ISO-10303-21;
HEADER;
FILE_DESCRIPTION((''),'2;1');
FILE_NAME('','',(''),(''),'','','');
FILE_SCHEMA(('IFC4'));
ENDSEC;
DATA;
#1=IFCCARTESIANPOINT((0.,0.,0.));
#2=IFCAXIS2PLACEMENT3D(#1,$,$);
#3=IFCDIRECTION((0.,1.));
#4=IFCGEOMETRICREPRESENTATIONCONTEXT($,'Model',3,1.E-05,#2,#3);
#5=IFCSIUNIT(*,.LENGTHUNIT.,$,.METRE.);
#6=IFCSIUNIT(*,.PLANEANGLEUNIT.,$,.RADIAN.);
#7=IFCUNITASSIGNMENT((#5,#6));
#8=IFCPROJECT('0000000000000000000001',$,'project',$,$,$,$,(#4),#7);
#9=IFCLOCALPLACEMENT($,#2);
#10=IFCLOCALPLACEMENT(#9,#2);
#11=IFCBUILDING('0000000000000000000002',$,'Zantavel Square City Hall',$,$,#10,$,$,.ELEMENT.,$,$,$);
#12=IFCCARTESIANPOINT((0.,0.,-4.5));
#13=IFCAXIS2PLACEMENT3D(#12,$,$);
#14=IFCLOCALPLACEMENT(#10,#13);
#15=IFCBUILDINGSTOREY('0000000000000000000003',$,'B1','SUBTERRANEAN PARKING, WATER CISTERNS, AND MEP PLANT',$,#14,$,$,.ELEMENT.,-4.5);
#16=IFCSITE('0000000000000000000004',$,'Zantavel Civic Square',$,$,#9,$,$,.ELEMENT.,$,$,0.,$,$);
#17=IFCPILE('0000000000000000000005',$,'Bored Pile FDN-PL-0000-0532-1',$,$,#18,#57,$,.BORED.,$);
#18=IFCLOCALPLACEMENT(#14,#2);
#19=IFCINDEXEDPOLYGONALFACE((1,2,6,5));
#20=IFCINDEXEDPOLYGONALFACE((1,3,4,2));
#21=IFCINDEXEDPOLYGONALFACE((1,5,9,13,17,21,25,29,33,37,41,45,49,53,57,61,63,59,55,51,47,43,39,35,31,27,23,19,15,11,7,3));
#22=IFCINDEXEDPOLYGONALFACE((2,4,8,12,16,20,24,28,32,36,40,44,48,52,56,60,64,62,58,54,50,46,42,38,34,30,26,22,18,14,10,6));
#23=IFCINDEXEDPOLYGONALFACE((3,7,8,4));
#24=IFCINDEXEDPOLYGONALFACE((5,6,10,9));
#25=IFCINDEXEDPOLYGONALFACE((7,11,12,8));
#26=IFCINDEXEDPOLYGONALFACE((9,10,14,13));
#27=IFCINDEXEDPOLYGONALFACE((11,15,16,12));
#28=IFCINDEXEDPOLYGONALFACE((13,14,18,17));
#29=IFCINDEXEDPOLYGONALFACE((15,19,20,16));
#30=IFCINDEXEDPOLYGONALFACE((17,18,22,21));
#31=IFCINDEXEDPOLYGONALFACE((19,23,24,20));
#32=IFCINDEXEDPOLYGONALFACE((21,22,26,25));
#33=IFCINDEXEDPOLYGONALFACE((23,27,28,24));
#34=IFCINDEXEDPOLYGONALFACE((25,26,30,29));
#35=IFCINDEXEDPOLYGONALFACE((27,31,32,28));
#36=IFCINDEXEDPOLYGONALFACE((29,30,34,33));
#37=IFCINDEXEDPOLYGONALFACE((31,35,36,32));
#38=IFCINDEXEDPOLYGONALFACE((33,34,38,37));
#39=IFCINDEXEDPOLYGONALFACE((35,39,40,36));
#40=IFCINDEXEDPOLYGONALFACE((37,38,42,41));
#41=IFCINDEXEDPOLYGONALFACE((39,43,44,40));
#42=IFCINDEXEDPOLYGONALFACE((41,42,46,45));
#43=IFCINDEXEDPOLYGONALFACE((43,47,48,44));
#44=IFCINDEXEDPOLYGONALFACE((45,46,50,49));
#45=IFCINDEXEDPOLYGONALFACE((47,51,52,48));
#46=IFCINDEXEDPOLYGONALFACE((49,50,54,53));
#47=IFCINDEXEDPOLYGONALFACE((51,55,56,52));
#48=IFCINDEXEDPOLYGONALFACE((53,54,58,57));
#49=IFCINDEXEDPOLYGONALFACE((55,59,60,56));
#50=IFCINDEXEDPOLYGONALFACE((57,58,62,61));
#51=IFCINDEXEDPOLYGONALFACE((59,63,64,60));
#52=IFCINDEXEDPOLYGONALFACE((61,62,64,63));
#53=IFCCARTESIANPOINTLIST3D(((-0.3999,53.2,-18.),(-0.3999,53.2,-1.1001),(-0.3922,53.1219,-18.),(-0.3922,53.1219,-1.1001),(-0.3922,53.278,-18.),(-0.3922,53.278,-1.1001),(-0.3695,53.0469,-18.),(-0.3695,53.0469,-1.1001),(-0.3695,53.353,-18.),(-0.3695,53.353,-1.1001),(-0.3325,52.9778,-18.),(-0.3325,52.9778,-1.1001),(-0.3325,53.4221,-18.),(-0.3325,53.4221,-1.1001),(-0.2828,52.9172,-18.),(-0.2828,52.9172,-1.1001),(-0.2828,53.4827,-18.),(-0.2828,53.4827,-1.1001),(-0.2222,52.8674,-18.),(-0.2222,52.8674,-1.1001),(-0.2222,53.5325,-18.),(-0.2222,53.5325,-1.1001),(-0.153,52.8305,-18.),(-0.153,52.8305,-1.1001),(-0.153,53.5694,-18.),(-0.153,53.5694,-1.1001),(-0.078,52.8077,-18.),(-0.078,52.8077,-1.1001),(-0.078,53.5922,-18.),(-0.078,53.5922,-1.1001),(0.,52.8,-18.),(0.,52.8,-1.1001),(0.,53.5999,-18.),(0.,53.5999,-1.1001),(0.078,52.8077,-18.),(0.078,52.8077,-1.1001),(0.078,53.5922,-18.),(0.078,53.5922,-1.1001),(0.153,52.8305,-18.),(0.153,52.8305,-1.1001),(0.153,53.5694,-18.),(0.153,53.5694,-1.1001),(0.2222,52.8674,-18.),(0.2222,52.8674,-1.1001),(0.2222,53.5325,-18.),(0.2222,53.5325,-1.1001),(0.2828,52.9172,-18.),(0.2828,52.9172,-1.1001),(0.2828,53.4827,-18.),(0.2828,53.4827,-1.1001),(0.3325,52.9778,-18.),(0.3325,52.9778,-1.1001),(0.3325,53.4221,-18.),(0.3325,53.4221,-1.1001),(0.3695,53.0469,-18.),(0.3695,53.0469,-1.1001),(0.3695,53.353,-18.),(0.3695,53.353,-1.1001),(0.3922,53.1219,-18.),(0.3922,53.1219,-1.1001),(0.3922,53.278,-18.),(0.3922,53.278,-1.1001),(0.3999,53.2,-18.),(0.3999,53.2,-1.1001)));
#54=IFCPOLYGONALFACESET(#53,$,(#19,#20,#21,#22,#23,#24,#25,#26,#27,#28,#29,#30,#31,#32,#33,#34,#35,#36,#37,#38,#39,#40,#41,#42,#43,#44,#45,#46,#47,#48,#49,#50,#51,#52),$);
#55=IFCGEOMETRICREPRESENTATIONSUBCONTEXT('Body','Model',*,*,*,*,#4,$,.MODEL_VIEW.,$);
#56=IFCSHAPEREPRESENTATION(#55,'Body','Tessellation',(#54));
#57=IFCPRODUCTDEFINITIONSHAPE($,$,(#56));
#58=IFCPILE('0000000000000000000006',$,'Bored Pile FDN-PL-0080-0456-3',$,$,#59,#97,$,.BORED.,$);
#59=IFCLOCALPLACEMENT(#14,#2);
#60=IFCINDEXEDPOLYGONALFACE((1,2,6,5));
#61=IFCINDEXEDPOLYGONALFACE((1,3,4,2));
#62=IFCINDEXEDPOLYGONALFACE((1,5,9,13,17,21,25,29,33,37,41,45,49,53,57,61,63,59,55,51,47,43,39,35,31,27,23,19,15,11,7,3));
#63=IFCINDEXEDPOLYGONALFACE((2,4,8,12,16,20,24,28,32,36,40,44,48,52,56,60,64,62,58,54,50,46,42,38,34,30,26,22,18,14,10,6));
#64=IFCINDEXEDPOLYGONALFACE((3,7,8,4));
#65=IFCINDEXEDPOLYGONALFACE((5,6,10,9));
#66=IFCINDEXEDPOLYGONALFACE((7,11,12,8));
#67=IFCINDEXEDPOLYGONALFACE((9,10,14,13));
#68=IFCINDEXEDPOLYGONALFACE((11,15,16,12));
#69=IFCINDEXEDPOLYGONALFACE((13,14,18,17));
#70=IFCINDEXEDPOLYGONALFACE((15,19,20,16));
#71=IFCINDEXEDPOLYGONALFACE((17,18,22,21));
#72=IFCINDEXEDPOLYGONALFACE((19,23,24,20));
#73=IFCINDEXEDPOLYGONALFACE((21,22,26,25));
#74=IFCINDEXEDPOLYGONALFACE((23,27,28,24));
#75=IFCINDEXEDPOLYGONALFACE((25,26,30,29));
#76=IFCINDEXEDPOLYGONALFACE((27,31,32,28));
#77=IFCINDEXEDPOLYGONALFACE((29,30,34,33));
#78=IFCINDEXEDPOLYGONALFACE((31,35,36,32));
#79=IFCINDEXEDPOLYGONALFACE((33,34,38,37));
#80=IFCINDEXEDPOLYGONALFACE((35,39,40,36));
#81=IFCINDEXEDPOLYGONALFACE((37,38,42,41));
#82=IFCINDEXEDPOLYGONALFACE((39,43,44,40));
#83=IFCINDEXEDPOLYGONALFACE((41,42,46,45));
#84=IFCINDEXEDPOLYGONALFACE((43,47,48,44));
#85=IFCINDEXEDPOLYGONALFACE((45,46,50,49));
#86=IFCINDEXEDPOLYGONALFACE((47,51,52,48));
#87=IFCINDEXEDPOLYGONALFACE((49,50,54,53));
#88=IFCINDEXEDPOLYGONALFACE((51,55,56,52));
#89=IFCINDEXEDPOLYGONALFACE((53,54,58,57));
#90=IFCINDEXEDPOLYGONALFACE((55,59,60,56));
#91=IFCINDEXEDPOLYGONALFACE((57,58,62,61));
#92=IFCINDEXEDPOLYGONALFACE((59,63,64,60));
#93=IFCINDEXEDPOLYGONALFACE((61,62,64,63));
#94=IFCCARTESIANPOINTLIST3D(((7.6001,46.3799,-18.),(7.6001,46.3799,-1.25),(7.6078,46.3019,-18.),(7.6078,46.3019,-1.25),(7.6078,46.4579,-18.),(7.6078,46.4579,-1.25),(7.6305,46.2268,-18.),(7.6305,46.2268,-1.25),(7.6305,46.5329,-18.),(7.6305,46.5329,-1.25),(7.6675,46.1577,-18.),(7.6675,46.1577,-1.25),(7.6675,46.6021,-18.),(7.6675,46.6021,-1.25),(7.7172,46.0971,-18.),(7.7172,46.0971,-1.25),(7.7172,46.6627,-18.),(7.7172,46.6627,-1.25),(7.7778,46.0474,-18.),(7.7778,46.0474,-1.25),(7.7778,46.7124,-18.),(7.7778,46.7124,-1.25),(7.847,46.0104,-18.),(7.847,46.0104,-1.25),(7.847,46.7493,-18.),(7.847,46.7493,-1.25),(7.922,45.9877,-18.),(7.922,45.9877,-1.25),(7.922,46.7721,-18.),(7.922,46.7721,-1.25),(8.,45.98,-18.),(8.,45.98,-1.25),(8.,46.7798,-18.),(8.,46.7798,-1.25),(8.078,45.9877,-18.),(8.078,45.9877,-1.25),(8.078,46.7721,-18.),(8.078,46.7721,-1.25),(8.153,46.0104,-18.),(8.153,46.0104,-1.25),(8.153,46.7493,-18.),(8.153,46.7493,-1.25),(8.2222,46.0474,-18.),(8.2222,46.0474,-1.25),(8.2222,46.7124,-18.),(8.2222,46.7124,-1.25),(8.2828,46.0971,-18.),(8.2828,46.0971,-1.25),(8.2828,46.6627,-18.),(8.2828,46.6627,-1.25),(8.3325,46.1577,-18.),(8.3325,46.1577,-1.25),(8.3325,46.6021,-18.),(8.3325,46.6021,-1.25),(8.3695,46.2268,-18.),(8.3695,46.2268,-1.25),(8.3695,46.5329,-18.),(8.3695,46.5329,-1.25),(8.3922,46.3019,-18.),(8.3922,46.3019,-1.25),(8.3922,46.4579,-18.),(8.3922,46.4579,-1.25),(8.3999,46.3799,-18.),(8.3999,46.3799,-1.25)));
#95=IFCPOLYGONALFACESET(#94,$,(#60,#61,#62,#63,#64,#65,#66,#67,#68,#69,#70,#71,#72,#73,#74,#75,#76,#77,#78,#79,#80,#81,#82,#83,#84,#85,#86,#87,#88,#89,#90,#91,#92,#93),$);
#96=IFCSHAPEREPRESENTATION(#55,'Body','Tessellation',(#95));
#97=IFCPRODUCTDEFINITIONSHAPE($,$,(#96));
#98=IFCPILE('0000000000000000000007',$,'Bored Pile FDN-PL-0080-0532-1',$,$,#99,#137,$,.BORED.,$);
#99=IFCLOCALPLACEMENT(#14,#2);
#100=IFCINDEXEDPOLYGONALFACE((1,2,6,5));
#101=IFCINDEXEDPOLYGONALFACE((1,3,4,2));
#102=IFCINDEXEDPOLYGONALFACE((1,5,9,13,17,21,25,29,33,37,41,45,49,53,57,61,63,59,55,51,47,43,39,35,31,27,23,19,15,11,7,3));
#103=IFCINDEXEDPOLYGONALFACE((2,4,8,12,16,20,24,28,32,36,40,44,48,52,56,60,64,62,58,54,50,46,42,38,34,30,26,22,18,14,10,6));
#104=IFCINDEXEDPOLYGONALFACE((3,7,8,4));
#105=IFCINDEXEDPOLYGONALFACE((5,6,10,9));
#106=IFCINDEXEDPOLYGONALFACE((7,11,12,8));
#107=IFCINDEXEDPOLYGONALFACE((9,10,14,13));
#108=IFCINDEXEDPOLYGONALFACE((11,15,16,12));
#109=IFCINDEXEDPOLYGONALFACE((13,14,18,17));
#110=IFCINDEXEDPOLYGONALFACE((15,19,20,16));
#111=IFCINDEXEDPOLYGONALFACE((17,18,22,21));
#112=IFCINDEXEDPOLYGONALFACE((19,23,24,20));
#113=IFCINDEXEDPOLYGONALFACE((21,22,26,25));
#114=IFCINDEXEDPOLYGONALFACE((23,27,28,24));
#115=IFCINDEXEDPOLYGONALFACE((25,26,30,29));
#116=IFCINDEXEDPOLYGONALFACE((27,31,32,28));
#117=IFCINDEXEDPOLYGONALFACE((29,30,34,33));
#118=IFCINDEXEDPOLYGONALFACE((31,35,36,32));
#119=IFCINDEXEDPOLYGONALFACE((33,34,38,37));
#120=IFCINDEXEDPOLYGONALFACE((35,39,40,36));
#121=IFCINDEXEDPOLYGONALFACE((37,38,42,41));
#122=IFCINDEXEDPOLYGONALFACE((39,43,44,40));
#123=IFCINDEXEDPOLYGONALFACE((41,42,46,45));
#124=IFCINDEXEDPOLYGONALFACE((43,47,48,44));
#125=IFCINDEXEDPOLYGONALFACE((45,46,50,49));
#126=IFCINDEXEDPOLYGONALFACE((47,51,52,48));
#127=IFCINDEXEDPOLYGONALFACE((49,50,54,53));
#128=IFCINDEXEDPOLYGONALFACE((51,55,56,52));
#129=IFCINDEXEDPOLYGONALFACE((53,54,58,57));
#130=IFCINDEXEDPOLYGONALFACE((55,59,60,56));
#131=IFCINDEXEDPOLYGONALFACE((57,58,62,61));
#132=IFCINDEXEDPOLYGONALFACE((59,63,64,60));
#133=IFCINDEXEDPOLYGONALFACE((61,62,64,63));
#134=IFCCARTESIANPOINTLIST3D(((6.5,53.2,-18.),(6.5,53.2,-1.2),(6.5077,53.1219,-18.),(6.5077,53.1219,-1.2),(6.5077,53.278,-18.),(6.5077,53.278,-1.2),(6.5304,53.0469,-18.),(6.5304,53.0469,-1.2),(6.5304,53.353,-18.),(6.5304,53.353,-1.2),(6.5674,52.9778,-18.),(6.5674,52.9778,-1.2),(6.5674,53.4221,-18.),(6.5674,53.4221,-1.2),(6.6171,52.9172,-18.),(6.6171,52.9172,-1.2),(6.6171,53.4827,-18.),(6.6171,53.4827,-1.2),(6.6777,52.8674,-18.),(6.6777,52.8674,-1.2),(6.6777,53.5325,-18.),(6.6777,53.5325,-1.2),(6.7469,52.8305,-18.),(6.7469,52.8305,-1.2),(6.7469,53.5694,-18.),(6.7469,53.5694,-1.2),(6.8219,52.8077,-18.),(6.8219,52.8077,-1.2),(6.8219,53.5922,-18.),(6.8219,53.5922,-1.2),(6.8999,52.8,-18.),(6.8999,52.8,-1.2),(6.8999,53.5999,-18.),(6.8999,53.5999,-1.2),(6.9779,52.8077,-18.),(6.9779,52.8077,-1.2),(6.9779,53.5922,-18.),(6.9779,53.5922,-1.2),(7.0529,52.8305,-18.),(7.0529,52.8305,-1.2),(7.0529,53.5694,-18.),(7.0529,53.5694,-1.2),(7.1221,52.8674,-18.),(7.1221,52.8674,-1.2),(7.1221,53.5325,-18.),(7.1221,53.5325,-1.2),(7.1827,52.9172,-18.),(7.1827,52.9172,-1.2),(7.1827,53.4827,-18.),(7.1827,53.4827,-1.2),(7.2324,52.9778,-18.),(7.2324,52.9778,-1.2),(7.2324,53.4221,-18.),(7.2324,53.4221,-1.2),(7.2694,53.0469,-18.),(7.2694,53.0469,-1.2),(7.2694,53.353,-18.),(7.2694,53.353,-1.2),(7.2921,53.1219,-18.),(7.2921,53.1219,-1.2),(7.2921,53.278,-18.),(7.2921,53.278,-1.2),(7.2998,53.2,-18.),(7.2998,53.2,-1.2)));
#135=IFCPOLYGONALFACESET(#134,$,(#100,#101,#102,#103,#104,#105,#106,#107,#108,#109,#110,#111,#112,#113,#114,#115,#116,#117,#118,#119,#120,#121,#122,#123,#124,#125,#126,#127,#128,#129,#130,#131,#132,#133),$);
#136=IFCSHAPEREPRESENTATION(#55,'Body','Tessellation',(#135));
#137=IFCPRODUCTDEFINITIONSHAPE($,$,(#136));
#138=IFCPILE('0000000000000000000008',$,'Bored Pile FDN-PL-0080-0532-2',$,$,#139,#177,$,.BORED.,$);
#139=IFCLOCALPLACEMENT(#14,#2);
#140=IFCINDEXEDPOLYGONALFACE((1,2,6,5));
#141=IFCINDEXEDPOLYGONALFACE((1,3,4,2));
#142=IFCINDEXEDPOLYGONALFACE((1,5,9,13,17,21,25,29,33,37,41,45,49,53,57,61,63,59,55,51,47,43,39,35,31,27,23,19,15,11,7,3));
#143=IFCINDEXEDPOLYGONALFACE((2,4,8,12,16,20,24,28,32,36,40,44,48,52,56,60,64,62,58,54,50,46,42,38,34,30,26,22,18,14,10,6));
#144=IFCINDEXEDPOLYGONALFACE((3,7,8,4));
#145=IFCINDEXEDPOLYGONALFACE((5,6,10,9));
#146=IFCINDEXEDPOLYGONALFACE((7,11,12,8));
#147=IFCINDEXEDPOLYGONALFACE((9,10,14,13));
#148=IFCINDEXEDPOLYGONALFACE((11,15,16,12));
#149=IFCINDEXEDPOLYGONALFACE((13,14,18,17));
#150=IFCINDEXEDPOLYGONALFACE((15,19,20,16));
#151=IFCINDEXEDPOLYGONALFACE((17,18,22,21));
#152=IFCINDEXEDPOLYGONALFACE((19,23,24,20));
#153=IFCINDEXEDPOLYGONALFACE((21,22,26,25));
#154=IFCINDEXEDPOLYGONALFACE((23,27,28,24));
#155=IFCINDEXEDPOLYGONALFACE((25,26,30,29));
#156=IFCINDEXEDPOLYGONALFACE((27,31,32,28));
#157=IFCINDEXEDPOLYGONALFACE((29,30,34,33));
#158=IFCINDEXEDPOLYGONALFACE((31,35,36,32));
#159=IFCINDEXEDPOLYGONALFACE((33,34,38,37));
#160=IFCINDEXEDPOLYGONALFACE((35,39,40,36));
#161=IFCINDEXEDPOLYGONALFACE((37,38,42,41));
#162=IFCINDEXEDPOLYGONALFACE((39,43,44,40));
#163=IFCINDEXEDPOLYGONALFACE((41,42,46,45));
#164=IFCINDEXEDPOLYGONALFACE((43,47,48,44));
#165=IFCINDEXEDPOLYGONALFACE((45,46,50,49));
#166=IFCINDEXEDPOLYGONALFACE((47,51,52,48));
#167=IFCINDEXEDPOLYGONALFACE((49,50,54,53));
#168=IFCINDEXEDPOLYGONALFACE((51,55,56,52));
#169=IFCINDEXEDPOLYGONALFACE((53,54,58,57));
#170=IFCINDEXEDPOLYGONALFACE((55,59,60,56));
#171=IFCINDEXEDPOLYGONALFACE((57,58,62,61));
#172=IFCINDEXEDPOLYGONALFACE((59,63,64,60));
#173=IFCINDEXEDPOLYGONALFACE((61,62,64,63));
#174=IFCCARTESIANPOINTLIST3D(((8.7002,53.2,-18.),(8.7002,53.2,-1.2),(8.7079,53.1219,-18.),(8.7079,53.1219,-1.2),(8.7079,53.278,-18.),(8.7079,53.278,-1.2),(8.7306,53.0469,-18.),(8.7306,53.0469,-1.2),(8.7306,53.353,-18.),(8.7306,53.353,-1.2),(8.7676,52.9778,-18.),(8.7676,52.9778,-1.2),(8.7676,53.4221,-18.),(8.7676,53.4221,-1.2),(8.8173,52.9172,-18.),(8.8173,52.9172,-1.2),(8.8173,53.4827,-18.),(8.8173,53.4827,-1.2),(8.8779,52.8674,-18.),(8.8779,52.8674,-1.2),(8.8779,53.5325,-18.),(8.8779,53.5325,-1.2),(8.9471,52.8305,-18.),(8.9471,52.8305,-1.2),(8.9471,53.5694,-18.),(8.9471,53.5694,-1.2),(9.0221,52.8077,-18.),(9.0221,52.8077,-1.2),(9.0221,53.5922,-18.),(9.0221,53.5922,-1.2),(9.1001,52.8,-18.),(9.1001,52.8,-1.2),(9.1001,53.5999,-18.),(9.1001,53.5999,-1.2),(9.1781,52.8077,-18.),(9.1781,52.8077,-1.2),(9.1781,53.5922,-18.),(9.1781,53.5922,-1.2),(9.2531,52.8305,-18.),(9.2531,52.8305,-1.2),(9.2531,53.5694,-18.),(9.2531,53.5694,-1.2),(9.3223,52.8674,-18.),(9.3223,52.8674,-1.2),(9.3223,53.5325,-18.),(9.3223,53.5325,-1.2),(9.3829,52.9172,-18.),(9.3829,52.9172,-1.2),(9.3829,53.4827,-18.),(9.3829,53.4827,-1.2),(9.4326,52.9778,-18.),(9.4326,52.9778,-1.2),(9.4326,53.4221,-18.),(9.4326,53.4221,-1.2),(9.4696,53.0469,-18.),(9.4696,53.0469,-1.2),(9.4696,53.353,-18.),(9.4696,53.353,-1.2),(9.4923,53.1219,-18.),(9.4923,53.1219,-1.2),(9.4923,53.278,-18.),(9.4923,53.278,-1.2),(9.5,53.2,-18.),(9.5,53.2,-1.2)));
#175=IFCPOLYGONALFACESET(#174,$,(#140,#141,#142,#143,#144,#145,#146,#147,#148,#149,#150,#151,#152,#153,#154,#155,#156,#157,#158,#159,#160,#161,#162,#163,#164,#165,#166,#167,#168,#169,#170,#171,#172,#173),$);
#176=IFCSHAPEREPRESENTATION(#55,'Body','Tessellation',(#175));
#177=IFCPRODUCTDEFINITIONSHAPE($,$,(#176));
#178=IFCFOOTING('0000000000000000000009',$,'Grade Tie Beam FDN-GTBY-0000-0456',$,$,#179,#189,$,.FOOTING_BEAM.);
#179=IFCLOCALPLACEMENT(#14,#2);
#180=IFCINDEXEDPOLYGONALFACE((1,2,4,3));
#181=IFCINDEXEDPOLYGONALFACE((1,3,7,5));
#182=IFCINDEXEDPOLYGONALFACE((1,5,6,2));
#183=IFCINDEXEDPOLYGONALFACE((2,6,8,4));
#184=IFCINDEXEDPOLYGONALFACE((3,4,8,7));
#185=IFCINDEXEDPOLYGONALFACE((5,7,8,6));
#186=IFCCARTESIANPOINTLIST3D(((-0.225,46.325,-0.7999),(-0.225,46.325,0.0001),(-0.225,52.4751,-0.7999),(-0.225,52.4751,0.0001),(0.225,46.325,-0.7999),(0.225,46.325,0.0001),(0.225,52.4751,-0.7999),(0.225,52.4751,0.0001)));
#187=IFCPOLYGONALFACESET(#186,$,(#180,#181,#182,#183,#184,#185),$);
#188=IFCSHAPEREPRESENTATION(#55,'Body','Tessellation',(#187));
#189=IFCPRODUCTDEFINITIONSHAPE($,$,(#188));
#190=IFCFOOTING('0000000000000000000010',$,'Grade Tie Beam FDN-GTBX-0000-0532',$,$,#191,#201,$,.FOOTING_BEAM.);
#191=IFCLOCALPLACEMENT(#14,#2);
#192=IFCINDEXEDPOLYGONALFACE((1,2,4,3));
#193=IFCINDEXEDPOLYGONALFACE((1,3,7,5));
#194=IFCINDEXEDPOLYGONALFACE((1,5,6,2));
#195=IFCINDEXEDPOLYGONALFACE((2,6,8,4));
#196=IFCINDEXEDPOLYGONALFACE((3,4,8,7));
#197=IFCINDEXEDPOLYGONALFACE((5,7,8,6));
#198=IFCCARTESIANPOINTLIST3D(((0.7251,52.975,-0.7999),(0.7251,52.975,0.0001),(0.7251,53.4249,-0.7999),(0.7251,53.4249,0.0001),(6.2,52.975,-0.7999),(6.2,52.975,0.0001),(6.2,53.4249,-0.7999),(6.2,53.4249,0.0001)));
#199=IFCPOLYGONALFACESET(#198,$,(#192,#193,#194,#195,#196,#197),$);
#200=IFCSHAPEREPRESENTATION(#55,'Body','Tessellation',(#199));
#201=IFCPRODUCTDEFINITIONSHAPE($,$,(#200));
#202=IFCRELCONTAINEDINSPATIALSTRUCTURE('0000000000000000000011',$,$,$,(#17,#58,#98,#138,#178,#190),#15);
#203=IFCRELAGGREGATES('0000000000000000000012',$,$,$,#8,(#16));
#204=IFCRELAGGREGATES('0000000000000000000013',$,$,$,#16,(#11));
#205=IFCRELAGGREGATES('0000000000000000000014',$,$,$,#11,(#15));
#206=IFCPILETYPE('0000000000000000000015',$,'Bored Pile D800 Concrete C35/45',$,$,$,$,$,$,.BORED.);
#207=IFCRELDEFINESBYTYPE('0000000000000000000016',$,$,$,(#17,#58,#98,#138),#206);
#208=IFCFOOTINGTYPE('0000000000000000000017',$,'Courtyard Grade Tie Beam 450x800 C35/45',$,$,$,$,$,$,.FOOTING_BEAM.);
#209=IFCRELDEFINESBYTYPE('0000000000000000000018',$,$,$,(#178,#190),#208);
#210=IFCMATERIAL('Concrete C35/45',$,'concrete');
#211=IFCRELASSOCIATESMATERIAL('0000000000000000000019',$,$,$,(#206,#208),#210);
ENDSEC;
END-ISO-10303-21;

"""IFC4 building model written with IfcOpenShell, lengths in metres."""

from ifc_helpers import new_model, si_unit, direction, frame, origin, origin_2d, place, context, subcontext, project, spatial, rectangle, circle, extrude, material, material_profile, profile_set, type_object, element, save


model = new_model("IFC4")

# Units and contexts
model_context = context("Model", 3, precision=1e-05, world=origin(), true_north=direction((0.0, 1.0)))
body_context = subcontext(model_context, "Body", "Model", "MODEL_VIEW")
ifc_project = project(units=[si_unit("LENGTHUNIT", "METRE"), si_unit("PLANEANGLEUNIT", "RADIAN")], contexts=[model_context])

# Site, building, storey
site_placement = place(None, origin())
site = spatial("IfcSite", under=ifc_project, at=site_placement, Name="Zantavel Civic Square", CompositionType="ELEMENT", RefElevation=0.0)
building_placement = place(site_placement, origin())
building = spatial("IfcBuilding", under=site, at=building_placement, Name="Zantavel Square City Hall", CompositionType="ELEMENT")
storey_placement = place(building_placement, frame((0.0, 0.0, -4.5)))
storey = spatial("IfcBuildingStorey", under=building, at=storey_placement, Name="B1", Description="SUBTERRANEAN PARKING, WATER CISTERNS, AND MEP PLANT", CompositionType="ELEMENT", Elevation=-4.5)

# Piles
ifc_material_1 = material(Name="Concrete C35/45", Category="concrete")
ifc_material_profile_1 = material_profile(ifc_material_1, circle(Radius=0.3999, at=origin_2d()), Name="PILE D800")
ifc_profile_set_1 = profile_set([ifc_material_profile_1], Name="Concrete C35/45")
pile_type = type_object("IfcPileType", Name="Bored Pile D800 Concrete C35/45", PredefinedType="BORED", material=ifc_profile_set_1)
pile_1_placement = place(storey_placement, frame((0.0, 53.2, -1.1001), z_axis=(0.0, 0.0, -1.0), x_axis=(1.0, 0.0, 0.0)))
element("IfcPile", 1, at=pile_1_placement, inside=storey, type_object=pile_type, Name="Bored Pile FDN-PL-0000-0532-1", PredefinedType="BORED", context=body_context, shape_type="SweptSolid", body=[
    extrude(circle(Radius=0.3999, at=origin_2d()), origin(), (0.0, 0.0, 1.0), 16.8999),
])
pile_2_placement = place(storey_placement, frame((8.0, 46.3799, -1.25), z_axis=(0.0, 0.0, -1.0), x_axis=(1.0, 0.0, 0.0)))
element("IfcPile", 2, at=pile_2_placement, inside=storey, type_object=pile_type, Name="Bored Pile FDN-PL-0080-0456-3", PredefinedType="BORED", context=body_context, shape_type="SweptSolid", body=[
    extrude(circle(Radius=0.3999, at=origin_2d()), origin(), (0.0, 0.0, 1.0), 16.75),
])
for number, where, z_axis, x_axis, name in (
    (3, (6.8999, 53.2, -1.2), (0.0, 0.0, -1.0), (1.0, 0.0, 0.0), "Bored Pile FDN-PL-0080-0532-1"),
    (4, (9.1001, 53.2, -1.2), (0.0, 0.0, -1.0), (1.0, 0.0, 0.0), "Bored Pile FDN-PL-0080-0532-2"),
):
    element("IfcPile", number, at=place(storey_placement, frame(where, z_axis=z_axis, x_axis=x_axis)), inside=storey, type_object=pile_type, Name=name, PredefinedType="BORED", context=body_context, shape_type="SweptSolid", body=[
        extrude(circle(Radius=0.3999, at=origin_2d()), origin(), (0.0, 0.0, 1.0), 16.8),
    ])

# Footings
ifc_material_profile_2 = material_profile(ifc_material_1, rectangle(XDim=0.45, YDim=0.8, at=origin_2d()), Name="RC 450x800")
ifc_profile_set_2 = profile_set([ifc_material_profile_2], Name="Concrete C35/45")
footing_type_1 = type_object("IfcFootingType", Name="Courtyard Grade Tie Beam 450x800 C35/45", PredefinedType="FOOTING_BEAM", material=ifc_profile_set_2)
footing_1_placement = place(storey_placement, frame((0.0, 46.325, -0.3999), z_axis=(0.0, 1.0, 0.0), x_axis=(-1.0, 0.0, 0.0)))
element("IfcFooting", 5, at=footing_1_placement, inside=storey, type_object=footing_type_1, Name="Grade Tie Beam FDN-GTBY-0000-0456", PredefinedType="FOOTING_BEAM", context=body_context, shape_type="SweptSolid", body=[
    extrude(rectangle(XDim=0.45, YDim=0.8, at=origin_2d()), origin(), (0.0, 0.0, 1.0), 6.1501),
])
footing_2_placement = place(storey_placement, frame((0.7251, 53.2, -0.3999), z_axis=(1.0, 0.0, 0.0), x_axis=(0.0, 1.0, 0.0)))
element("IfcFooting", 6, at=footing_2_placement, inside=storey, type_object=footing_type_1, Name="Grade Tie Beam FDN-GTBX-0000-0532", PredefinedType="FOOTING_BEAM", context=body_context, shape_type="SweptSolid", body=[
    extrude(rectangle(XDim=0.45, YDim=0.8, at=origin_2d()), origin(), (0.0, 0.0, 1.0), 5.4749),
])

save(model, "model.ifc")
